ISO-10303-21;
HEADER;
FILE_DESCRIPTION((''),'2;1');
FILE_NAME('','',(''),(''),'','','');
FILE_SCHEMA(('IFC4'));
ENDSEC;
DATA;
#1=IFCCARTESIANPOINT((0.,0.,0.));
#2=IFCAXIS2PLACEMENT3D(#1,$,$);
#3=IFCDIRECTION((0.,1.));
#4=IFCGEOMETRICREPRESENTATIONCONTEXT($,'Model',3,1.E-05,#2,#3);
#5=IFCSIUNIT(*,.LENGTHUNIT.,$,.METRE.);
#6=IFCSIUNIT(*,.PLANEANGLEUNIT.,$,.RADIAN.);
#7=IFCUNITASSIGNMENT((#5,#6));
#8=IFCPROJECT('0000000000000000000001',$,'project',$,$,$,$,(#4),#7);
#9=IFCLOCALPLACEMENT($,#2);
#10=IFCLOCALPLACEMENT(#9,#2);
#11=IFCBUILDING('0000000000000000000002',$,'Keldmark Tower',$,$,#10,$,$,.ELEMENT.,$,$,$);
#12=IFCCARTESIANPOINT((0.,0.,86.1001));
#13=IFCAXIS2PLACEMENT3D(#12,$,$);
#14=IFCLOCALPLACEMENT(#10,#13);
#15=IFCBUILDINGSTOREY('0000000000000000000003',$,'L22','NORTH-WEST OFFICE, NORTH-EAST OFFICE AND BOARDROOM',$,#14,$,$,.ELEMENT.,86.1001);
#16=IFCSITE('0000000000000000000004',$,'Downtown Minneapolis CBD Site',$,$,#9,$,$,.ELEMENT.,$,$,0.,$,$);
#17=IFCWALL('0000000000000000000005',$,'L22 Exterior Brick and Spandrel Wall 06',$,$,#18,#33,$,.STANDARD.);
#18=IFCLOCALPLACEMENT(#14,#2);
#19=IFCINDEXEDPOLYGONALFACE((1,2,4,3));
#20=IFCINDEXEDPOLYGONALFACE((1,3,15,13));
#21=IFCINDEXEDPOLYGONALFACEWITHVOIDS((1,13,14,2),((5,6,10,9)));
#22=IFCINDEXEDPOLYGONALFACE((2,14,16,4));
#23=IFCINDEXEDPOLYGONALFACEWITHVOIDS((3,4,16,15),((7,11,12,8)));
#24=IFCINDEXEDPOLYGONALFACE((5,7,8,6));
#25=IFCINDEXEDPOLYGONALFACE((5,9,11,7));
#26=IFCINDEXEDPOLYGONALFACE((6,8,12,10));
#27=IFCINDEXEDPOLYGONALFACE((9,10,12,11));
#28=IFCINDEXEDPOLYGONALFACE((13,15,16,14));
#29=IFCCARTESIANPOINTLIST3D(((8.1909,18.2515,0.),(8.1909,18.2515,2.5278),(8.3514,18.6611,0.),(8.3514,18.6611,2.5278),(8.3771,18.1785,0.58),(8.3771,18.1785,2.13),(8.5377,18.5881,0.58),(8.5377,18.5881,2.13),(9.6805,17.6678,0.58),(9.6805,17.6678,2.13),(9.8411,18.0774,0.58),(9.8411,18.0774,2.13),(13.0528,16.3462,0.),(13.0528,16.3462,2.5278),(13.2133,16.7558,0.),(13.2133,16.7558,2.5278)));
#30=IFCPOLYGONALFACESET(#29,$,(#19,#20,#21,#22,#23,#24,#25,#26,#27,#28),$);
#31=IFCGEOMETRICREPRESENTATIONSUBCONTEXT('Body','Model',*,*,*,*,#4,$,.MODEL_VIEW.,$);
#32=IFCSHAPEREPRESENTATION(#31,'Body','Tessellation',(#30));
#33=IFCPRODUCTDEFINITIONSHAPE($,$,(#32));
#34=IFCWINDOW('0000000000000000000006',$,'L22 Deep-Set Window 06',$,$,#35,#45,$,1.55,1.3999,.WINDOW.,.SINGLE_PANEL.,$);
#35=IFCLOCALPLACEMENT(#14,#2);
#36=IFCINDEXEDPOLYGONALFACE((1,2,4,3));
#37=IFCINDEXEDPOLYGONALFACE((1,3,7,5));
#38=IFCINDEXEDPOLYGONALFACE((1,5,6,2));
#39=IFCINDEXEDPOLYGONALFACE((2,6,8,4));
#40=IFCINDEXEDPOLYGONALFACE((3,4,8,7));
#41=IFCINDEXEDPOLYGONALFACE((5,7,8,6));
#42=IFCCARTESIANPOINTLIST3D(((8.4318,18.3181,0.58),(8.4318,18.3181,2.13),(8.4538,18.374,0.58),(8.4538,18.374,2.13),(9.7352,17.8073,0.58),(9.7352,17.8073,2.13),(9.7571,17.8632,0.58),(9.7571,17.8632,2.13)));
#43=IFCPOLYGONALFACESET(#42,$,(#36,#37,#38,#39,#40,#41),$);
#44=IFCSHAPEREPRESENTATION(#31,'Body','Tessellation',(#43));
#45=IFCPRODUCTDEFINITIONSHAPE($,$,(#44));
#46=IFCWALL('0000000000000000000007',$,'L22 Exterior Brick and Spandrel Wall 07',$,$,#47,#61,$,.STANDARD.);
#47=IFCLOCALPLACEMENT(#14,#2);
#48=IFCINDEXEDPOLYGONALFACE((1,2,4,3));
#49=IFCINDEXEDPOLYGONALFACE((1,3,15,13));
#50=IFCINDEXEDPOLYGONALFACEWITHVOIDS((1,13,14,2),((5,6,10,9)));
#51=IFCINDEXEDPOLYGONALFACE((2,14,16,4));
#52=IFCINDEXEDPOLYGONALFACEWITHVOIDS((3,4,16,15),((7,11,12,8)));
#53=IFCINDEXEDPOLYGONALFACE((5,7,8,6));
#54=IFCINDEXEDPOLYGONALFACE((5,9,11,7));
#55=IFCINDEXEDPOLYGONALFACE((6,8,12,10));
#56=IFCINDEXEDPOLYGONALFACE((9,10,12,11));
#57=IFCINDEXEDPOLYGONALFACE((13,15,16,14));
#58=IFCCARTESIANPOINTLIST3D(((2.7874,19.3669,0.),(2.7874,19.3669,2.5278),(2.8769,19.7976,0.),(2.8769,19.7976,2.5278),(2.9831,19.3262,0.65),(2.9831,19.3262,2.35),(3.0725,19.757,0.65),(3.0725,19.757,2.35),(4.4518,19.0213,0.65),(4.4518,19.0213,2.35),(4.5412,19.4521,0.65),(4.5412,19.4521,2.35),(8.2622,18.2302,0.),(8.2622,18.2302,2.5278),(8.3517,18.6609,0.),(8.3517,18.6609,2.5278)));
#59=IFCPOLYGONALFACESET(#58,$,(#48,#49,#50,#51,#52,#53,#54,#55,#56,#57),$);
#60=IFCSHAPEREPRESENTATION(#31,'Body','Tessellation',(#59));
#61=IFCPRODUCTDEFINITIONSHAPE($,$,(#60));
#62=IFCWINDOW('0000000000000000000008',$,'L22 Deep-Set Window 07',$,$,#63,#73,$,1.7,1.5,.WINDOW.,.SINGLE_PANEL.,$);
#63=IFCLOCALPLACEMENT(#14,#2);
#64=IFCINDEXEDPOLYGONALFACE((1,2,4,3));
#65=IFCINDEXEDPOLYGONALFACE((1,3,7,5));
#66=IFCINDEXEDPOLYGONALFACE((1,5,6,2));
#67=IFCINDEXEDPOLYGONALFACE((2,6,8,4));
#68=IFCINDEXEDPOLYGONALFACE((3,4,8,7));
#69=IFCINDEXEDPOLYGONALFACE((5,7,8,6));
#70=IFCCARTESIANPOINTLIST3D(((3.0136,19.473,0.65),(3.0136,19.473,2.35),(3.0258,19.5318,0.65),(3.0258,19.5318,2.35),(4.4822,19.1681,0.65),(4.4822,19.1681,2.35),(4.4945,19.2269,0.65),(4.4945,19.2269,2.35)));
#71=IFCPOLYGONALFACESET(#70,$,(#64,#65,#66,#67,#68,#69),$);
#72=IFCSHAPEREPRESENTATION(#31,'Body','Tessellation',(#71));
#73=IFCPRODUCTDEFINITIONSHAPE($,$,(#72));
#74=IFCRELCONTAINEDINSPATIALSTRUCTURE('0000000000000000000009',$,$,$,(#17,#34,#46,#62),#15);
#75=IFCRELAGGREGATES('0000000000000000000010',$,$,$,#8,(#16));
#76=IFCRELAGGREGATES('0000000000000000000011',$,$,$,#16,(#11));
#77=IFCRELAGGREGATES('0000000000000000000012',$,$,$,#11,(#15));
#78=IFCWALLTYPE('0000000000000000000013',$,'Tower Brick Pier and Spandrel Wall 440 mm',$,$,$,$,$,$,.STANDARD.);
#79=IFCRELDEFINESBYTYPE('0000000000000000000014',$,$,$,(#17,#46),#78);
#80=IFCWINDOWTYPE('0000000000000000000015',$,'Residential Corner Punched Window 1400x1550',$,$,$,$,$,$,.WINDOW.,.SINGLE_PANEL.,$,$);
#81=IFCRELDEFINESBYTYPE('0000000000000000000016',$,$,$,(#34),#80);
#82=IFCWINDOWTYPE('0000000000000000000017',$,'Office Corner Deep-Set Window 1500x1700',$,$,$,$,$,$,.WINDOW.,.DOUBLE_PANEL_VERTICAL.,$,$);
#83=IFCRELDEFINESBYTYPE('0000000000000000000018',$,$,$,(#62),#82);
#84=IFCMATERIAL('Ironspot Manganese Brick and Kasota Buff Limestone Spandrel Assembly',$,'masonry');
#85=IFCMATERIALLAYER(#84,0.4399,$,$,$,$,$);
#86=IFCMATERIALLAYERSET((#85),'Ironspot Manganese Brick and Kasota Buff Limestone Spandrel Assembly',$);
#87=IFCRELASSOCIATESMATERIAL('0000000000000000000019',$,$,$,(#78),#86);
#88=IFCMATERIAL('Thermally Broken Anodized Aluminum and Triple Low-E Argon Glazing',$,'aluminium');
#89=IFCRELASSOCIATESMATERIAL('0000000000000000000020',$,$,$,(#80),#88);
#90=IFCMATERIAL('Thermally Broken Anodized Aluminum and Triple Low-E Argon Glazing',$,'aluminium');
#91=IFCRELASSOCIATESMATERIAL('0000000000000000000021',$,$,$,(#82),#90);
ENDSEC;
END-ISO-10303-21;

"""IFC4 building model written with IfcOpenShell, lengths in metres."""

from ifc_helpers import new_model, si_unit, direction, frame, frame_2d, origin, place, context, subcontext, project, spatial, rectangle, extrude, material, layer, layer_set, type_object, element, fill, save


model = new_model("IFC4")

# Units and contexts
model_context = context("Model", 3, precision=1e-05, world=origin(), true_north=direction((0.0, 1.0)))
body_context = subcontext(model_context, "Body", "Model", "MODEL_VIEW")
ifc_project = project(units=[si_unit("LENGTHUNIT", "METRE"), si_unit("PLANEANGLEUNIT", "RADIAN")], contexts=[model_context])

# Site, building, storey
site_placement = place(None, origin())
site = spatial("IfcSite", under=ifc_project, at=site_placement, Name="Downtown Minneapolis CBD Site", CompositionType="ELEMENT", RefElevation=0.0)
building_placement = place(site_placement, origin())
building = spatial("IfcBuilding", under=site, at=building_placement, Name="Keldmark Tower", CompositionType="ELEMENT")
storey_placement = place(building_placement, frame((0.0, 0.0, 86.1001)))
storey = spatial("IfcBuildingStorey", under=building, at=storey_placement, Name="L22", Description="NORTH-WEST OFFICE, NORTH-EAST OFFICE AND BOARDROOM", CompositionType="ELEMENT", Elevation=86.1001)

# Walls, openings, windows
ifc_material_1 = material(Name="Ironspot Manganese Brick and Kasota Buff Limestone Spandrel Assembly", Category="masonry")
ifc_layer_1 = layer(ifc_material_1, 0.4399)
ifc_layer_set_1 = layer_set([ifc_layer_1], Name="Ironspot Manganese Brick and Kasota Buff Limestone Spandrel Assembly")
wall_type = type_object("IfcWallType", Name="Tower Brick Pier and Spandrel Wall 440 mm", PredefinedType="STANDARD", material=ifc_layer_set_1)
wall_1_placement = place(storey_placement, frame((8.2712, 18.4563, 0.0), z_axis=(0.0, 0.0, 1.0), x_axis=(0.931059, -0.364868, 0.0)))
wall_1 = element("IfcWall", 1, at=wall_1_placement, inside=storey, type_object=wall_type, Name="L22 Exterior Brick and Spandrel Wall 06", PredefinedType="STANDARD", context=body_context, shape_type="SweptSolid", body=[
    extrude(rectangle(XDim=5.2219, YDim=0.4399, at=frame_2d((2.6108, 0.0))), origin(), (0.0, 0.0, 1.0), 2.5278),
])
opening_1_placement = place(wall_1_placement, frame((0.2, 0.0, 0.5801)))
opening_1 = element("IfcOpeningElement", 2, at=opening_1_placement, cuts=wall_1, PredefinedType="OPENING", context=body_context, shape_type="SweptSolid", body=[
    extrude(rectangle(XDim=1.3999, YDim=1.55, at=frame_2d((0.7, 0.7749))), frame((0.0, 0.23, 0.0), z_axis=(0.0, -1.0, 0.0), x_axis=(1.0, 0.0, 0.0)), (0.0, 0.0, 1.0), 0.46),
])
ifc_material_2 = material(Name="Thermally Broken Anodized Aluminum and Triple Low-E Argon Glazing", Category="aluminium")
window_type_1 = type_object("IfcWindowType", Name="Residential Corner Punched Window 1400x1550", PartitioningType="SINGLE_PANEL", PredefinedType="WINDOW", material=ifc_material_2)
window_1_placement = place(opening_1_placement, origin())
window_1 = element("IfcWindow", 3, at=window_1_placement, inside=storey, type_object=window_type_1, Name="L22 Deep-Set Window 06", OverallHeight=1.55, OverallWidth=1.3999, PartitioningType="SINGLE_PANEL", PredefinedType="WINDOW", context=body_context, shape_type="SweptSolid", body=[
    extrude(rectangle(XDim=1.3999, YDim=1.55, at=frame_2d((0.7, 0.7749))), frame((0.0, -0.01, 0.0), z_axis=(0.0, -1.0, 0.0), x_axis=(1.0, 0.0, 0.0)), (0.0, 0.0, 1.0), 0.0601),
])
fill(opening_1, window_1)
wall_2_placement = place(storey_placement, frame((2.832, 19.5823, 0.0), z_axis=(0.0, 0.0, 1.0), x_axis=(0.979119, -0.20329, 0.0)))
wall_2 = element("IfcWall", 4, at=wall_2_placement, inside=storey, type_object=wall_type, Name="L22 Exterior Brick and Spandrel Wall 07", PredefinedType="STANDARD", context=body_context, shape_type="SweptSolid", body=[
    extrude(rectangle(XDim=5.5916, YDim=0.4399, at=frame_2d((2.7959, 0.0))), origin(), (0.0, 0.0, 1.0), 2.5278),
])
opening_2_placement = place(wall_2_placement, frame((0.2, 0.0, 0.6499)))
opening_2 = element("IfcOpeningElement", 5, at=opening_2_placement, cuts=wall_2, PredefinedType="OPENING", context=body_context, shape_type="SweptSolid", body=[
    extrude(rectangle(XDim=1.5, YDim=1.7, at=frame_2d((0.75, 0.8501))), frame((0.0, 0.23, 0.0), z_axis=(0.0, -1.0, 0.0), x_axis=(1.0, 0.0, 0.0)), (0.0, 0.0, 1.0), 0.46),
])
ifc_material_3 = material(Name="Thermally Broken Anodized Aluminum and Triple Low-E Argon Glazing", Category="aluminium")
window_type_2 = type_object("IfcWindowType", Name="Office Corner Deep-Set Window 1500x1700", PartitioningType="DOUBLE_PANEL_VERTICAL", PredefinedType="WINDOW", material=ifc_material_3)
window_2_placement = place(opening_2_placement, origin())
window_2 = element("IfcWindow", 6, at=window_2_placement, inside=storey, type_object=window_type_2, Name="L22 Deep-Set Window 07", OverallHeight=1.7, OverallWidth=1.5, PartitioningType="SINGLE_PANEL", PredefinedType="WINDOW", context=body_context, shape_type="SweptSolid", body=[
    extrude(rectangle(XDim=1.5, YDim=1.7, at=frame_2d((0.75, 0.8501))), frame((0.0, -0.01, 0.0), z_axis=(0.0, -1.0, 0.0), x_axis=(1.0, 0.0, 0.0)), (0.0, 0.0, 1.0), 0.0601),
])
fill(opening_2, window_2)

save(model, "model.ifc")
